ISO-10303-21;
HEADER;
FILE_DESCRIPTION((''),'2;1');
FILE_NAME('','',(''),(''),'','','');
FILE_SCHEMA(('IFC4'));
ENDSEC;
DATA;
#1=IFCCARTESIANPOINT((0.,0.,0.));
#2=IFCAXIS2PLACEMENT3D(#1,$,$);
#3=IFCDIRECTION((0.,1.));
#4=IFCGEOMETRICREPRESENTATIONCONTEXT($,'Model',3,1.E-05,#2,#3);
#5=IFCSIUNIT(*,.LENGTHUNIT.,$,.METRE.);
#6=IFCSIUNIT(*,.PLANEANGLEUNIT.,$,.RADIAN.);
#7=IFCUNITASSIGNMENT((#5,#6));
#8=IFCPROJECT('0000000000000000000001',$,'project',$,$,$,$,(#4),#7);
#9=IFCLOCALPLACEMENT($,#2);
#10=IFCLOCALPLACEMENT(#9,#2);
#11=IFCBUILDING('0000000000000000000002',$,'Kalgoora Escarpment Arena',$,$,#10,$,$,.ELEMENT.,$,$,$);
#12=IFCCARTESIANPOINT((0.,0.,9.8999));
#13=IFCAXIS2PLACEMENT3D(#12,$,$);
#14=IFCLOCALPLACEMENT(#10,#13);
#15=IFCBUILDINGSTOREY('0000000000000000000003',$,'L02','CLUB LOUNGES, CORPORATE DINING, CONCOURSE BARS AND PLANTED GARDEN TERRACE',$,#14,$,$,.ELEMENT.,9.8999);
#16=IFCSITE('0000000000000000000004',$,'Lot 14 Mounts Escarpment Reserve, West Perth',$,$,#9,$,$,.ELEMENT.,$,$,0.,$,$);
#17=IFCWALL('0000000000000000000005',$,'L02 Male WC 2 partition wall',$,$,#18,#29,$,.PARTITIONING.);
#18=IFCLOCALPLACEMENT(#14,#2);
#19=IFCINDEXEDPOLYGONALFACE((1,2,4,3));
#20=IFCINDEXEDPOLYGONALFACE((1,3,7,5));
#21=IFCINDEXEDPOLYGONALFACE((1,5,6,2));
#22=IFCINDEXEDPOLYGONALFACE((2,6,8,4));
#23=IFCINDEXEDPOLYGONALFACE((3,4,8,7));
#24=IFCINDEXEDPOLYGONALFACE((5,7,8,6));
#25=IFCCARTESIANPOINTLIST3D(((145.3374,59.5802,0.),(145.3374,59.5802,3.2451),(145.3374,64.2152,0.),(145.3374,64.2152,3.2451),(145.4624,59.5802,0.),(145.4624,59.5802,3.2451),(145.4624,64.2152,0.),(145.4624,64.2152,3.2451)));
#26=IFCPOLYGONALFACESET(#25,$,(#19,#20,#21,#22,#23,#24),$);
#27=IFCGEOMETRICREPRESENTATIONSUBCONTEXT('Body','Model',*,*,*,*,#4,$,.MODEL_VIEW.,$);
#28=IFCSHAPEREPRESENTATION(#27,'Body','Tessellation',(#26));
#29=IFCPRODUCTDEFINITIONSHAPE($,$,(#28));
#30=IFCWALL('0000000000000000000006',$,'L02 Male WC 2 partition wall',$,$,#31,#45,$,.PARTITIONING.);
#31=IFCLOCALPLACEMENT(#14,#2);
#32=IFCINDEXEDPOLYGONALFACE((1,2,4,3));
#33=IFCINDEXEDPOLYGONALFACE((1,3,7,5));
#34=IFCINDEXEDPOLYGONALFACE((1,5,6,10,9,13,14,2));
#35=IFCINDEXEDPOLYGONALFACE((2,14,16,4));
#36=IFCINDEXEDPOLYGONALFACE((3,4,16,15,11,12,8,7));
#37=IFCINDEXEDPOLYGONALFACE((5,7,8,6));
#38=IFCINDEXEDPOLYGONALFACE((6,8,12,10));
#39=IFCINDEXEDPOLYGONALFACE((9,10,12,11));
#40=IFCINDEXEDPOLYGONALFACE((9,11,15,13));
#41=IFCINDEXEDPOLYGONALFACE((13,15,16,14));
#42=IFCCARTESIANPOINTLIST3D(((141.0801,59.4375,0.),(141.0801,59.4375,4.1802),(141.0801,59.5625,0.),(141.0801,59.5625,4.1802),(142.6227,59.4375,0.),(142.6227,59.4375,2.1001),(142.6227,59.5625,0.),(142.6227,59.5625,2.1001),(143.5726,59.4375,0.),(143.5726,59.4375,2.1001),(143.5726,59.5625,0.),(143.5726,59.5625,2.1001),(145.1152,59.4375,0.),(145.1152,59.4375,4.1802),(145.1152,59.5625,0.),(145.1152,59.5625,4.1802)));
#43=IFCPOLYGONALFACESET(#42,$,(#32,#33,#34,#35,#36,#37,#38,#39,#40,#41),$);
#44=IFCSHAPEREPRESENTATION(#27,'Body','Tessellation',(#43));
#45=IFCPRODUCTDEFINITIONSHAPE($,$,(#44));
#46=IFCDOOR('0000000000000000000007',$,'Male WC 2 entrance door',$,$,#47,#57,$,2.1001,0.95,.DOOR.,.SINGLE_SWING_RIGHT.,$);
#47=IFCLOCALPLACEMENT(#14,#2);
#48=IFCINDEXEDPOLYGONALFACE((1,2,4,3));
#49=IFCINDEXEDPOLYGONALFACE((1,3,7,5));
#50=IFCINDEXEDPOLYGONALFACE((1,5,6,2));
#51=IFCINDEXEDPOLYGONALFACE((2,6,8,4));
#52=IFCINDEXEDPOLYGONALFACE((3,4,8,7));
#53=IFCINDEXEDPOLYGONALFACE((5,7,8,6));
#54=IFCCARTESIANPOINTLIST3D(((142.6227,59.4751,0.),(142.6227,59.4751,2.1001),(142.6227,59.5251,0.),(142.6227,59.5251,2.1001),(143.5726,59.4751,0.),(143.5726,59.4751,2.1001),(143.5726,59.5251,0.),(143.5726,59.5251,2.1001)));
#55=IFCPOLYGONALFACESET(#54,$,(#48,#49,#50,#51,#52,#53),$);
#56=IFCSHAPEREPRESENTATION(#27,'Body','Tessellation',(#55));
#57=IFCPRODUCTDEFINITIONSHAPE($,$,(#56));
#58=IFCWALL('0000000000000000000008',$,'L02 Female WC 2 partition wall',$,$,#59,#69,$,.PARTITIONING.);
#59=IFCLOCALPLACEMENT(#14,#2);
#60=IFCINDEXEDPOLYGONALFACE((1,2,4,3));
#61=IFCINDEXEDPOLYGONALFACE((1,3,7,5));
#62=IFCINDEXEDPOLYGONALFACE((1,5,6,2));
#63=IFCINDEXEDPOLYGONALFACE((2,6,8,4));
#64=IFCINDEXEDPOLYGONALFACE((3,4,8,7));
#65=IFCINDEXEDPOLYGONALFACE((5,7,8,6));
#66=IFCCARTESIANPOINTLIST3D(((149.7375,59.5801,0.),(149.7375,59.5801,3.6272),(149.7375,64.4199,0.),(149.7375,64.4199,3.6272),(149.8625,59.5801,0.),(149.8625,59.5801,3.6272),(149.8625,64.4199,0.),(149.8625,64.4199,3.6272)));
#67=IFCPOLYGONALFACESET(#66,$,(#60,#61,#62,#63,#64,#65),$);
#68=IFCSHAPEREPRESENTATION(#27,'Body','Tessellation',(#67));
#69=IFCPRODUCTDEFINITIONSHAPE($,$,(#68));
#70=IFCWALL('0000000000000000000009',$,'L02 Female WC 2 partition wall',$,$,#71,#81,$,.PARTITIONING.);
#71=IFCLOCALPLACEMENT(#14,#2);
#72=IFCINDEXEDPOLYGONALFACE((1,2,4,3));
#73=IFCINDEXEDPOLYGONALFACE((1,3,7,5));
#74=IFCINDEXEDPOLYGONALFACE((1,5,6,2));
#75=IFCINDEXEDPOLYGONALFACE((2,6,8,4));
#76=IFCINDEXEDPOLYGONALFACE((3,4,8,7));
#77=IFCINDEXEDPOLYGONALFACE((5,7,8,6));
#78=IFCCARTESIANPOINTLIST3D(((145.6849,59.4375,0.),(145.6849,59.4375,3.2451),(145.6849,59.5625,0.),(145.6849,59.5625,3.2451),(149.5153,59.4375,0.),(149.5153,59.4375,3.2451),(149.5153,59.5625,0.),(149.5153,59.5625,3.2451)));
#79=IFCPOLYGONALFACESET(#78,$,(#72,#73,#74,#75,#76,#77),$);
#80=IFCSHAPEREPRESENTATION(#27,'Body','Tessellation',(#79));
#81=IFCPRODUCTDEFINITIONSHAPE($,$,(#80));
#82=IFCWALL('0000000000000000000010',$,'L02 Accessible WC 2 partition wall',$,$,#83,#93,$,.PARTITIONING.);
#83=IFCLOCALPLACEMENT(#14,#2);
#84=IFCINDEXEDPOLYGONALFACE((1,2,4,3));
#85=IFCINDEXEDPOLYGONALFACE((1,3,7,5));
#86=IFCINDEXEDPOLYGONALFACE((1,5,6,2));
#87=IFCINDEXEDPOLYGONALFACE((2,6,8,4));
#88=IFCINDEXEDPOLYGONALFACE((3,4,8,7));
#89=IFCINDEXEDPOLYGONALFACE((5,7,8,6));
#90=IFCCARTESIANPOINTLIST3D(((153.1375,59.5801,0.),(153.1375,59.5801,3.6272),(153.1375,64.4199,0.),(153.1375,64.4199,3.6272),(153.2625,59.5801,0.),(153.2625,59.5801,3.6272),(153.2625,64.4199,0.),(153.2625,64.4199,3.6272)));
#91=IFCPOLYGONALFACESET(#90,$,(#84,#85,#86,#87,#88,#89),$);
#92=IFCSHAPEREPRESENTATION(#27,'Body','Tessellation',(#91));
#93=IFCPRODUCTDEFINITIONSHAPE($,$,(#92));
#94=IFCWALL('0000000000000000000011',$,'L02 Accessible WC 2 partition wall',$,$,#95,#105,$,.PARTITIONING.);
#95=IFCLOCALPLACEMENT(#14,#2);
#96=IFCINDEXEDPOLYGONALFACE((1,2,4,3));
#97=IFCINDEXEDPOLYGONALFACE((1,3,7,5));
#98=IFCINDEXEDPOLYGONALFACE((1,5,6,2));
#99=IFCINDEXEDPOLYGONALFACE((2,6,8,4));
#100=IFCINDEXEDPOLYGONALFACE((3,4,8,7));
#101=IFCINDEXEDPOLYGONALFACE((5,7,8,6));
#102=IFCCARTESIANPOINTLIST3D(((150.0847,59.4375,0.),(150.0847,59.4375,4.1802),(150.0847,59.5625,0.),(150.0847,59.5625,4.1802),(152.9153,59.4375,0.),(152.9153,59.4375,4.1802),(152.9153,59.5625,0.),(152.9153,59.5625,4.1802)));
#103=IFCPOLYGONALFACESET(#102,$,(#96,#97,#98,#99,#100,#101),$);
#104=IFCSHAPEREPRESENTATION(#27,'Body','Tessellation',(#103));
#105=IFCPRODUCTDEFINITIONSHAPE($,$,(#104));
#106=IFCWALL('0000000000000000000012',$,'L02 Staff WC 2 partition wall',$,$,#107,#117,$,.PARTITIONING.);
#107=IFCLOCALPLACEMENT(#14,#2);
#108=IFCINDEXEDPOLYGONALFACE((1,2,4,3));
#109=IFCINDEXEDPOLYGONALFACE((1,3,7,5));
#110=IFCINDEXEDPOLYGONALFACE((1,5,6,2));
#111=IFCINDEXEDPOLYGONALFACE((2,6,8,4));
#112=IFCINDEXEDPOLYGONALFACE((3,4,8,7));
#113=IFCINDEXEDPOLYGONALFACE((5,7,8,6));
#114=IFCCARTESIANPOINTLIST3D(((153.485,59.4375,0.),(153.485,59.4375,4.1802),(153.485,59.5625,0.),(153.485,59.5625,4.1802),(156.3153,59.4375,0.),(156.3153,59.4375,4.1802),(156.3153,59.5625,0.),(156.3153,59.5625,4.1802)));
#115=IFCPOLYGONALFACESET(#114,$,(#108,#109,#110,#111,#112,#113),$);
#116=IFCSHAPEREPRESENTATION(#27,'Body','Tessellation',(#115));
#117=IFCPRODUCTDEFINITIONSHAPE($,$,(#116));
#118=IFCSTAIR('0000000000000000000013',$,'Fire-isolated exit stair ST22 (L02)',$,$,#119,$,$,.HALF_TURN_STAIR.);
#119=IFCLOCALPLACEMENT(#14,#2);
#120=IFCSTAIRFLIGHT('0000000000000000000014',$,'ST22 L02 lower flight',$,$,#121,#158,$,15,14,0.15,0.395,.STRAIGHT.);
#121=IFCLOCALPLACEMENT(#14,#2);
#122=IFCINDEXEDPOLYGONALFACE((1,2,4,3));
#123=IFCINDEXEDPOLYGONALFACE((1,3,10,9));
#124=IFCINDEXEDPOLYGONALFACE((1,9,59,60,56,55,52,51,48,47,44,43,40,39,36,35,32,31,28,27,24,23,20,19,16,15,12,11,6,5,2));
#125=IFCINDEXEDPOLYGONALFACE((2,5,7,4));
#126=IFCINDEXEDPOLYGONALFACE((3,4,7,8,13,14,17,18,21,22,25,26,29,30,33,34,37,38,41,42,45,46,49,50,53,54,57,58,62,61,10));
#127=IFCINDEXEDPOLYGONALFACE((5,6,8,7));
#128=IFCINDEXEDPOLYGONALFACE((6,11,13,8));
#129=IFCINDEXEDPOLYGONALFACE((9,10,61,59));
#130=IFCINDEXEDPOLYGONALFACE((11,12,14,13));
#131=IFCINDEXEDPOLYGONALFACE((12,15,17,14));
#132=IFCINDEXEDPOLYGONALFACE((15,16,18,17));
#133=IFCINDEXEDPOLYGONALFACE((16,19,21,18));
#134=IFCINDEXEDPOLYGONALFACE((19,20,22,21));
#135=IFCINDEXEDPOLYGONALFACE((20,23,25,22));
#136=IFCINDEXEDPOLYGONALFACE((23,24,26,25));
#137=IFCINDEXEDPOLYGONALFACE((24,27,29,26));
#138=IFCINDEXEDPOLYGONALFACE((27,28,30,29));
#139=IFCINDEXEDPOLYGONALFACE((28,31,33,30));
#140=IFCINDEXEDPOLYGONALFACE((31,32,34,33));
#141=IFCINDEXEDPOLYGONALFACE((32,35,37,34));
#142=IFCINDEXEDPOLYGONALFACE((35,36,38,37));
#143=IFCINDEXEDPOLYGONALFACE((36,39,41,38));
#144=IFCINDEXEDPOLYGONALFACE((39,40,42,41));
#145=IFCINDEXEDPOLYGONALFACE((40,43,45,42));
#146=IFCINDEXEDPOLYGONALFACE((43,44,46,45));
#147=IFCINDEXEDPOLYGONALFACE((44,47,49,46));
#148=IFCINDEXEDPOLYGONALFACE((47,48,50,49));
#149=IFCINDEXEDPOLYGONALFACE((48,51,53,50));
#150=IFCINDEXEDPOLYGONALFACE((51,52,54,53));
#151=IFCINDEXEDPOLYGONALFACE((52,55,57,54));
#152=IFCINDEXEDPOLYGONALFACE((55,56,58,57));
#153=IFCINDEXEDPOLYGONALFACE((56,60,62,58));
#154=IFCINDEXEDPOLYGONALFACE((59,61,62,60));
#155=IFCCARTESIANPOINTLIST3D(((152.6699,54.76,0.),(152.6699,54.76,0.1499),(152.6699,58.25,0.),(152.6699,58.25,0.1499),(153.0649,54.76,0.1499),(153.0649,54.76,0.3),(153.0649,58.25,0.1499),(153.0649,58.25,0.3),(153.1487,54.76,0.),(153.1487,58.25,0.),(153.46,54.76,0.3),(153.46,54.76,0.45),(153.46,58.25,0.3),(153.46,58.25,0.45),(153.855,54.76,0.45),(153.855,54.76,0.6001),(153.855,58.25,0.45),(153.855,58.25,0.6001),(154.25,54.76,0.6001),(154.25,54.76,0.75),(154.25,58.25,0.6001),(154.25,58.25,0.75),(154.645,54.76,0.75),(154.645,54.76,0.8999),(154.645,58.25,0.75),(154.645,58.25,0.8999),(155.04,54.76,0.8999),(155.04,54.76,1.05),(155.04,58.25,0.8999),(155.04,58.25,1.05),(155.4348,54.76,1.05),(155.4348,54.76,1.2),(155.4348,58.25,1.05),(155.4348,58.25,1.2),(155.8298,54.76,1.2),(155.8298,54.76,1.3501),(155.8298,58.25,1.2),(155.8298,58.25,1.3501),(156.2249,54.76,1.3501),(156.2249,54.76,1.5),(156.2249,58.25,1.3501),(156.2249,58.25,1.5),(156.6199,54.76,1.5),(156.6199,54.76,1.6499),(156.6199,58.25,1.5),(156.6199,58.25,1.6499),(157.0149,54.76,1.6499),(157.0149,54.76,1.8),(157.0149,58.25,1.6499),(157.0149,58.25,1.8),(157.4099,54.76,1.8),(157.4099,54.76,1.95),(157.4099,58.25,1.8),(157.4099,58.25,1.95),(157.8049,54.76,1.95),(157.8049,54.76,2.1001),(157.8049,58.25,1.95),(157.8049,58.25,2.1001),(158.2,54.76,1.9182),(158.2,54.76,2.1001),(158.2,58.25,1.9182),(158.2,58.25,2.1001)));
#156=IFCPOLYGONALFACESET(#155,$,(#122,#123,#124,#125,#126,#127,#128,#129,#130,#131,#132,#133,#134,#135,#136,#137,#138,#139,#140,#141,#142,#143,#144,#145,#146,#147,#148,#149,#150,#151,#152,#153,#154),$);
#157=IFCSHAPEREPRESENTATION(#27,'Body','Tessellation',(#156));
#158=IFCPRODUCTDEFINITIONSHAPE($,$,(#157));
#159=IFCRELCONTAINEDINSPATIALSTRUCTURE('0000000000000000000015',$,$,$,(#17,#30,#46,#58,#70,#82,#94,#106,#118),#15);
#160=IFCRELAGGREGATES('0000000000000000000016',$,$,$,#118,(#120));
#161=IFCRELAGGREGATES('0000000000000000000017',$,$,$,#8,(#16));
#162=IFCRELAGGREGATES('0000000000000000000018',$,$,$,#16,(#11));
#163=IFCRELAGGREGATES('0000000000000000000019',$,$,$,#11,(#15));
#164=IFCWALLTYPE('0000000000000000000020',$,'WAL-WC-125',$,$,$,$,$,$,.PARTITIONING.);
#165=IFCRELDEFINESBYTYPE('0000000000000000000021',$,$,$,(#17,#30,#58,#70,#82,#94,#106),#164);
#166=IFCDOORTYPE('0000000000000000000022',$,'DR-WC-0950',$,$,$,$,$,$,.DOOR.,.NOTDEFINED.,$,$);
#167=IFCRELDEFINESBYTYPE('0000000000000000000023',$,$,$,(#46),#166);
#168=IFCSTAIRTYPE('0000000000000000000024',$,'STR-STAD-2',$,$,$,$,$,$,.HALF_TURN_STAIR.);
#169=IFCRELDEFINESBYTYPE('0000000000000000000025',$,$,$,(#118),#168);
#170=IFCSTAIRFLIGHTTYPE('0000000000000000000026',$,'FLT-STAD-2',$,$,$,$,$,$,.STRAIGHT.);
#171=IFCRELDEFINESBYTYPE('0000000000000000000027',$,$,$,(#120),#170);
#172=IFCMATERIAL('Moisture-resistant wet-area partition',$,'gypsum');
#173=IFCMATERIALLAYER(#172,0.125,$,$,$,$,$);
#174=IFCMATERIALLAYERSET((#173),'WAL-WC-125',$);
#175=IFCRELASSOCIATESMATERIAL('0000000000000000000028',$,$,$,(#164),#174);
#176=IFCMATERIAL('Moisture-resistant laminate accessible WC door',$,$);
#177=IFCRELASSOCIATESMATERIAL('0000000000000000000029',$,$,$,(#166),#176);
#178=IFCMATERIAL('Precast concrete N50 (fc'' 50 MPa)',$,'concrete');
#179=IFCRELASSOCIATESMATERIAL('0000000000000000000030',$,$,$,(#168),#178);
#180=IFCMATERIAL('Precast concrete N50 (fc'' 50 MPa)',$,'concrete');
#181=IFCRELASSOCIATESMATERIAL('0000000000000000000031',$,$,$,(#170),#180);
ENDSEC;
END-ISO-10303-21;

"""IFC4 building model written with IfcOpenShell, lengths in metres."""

from ifc_helpers import new_model, si_unit, direction, frame, frame_2d, origin, place, context, subcontext, project, spatial, polyline, rectangle, outline, extrude, material, layer, layer_set, type_object, element, fill, aggregate, save


model = new_model("IFC4")

# Units and contexts
model_context = context("Model", 3, precision=1e-05, world=origin(), true_north=direction((0.0, 1.0)))
body_context = subcontext(model_context, "Body", "Model", "MODEL_VIEW")
ifc_project = project(units=[si_unit("LENGTHUNIT", "METRE"), si_unit("PLANEANGLEUNIT", "RADIAN")], contexts=[model_context])

# Site, building, storey
site_placement = place(None, origin())
site = spatial("IfcSite", under=ifc_project, at=site_placement, Name="Lot 14 Mounts Escarpment Reserve, West Perth", CompositionType="ELEMENT", RefElevation=0.0)
building_placement = place(site_placement, origin())
building = spatial("IfcBuilding", under=site, at=building_placement, Name="Kalgoora Escarpment Arena", CompositionType="ELEMENT")
storey_placement = place(building_placement, frame((0.0, 0.0, 9.8999)))
storey = spatial("IfcBuildingStorey", under=building, at=storey_placement, Name="L02", Description="CLUB LOUNGES, CORPORATE DINING, CONCOURSE BARS AND PLANTED GARDEN TERRACE", CompositionType="ELEMENT", Elevation=9.8999)

# Wall
ifc_material_1 = material(Name="Moisture-resistant wet-area partition", Category="gypsum")
ifc_layer_1 = layer(ifc_material_1, 0.125)
ifc_layer_set_1 = layer_set([ifc_layer_1], Name="WAL-WC-125")
wall_type_1 = type_object("IfcWallType", Name="WAL-WC-125", PredefinedType="PARTITIONING", material=ifc_layer_set_1)
wall_1_placement = place(storey_placement, frame((145.3999, 64.2151, 0.0), z_axis=(0.0, 0.0, 1.0), x_axis=(0.0, -1.0, 0.0)))
element("IfcWall", 1, at=wall_1_placement, inside=storey, type_object=wall_type_1, Name="L02 Male WC 2 partition wall", PredefinedType="PARTITIONING", context=body_context, shape_type="SweptSolid", body=[
    extrude(rectangle(XDim=4.635, YDim=0.125, at=frame_2d((2.3174, 0.0))), origin(), (0.0, 0.0, 1.0), 3.2451),
])

# Wall, opening, door
wall_2_placement = place(storey_placement, frame((145.1152, 59.5, 0.0), z_axis=(0.0, 0.0, 1.0), x_axis=(-1.0, 0.0, 0.0)))
wall_2 = element("IfcWall", 2, at=wall_2_placement, inside=storey, type_object=wall_type_1, Name="L02 Male WC 2 partition wall", PredefinedType="PARTITIONING", context=body_context, shape_type="SweptSolid", body=[
    extrude(rectangle(XDim=4.0352, YDim=0.125, at=frame_2d((2.0176, 0.0))), origin(), (0.0, 0.0, 1.0), 4.1802),
])
opening_placement = place(wall_2_placement, frame((1.5425, 0.0, 0.0)))
opening = element("IfcOpeningElement", 3, at=opening_placement, cuts=wall_2, PredefinedType="OPENING", context=body_context, shape_type="SweptSolid", body=[
    extrude(rectangle(XDim=0.95, YDim=2.1001, at=frame_2d((0.4751, 1.05))), frame((0.0, 0.0725, 0.0), z_axis=(0.0, -1.0, 0.0), x_axis=(1.0, 0.0, 0.0)), (0.0, 0.0, 1.0), 0.145),
])
ifc_material_2 = material(Name="Moisture-resistant laminate accessible WC door")
door_type = type_object("IfcDoorType", Name="DR-WC-0950", OperationType="NOTDEFINED", PredefinedType="DOOR", material=ifc_material_2)
door_placement = place(opening_placement, origin())
door = element("IfcDoor", 4, at=door_placement, inside=storey, type_object=door_type, Name="Male WC 2 entrance door", OperationType="SINGLE_SWING_RIGHT", OverallHeight=2.1001, OverallWidth=0.95, PredefinedType="DOOR", context=body_context, shape_type="SweptSolid", body=[
    extrude(rectangle(XDim=0.95, YDim=2.1001, at=frame_2d((0.4751, 1.05))), frame((0.0, 0.0249, 0.0), z_axis=(0.0, -1.0, 0.0), x_axis=(1.0, 0.0, 0.0)), (0.0, 0.0, 1.0), 0.05),
])
fill(opening, door)

# Walls
wall_3_placement = place(storey_placement, frame((149.8, 64.4199, 0.0), z_axis=(0.0, 0.0, 1.0), x_axis=(0.0, -1.0, 0.0)))
element("IfcWall", 5, at=wall_3_placement, inside=storey, type_object=wall_type_1, Name="L02 Female WC 2 partition wall", PredefinedType="PARTITIONING", context=body_context, shape_type="SweptSolid", body=[
    extrude(rectangle(XDim=4.8398, YDim=0.125, at=frame_2d((2.4199, 0.0))), origin(), (0.0, 0.0, 1.0), 3.6272),
])
wall_4_placement = place(storey_placement, frame((149.5151, 59.5, 0.0), z_axis=(0.0, 0.0, 1.0), x_axis=(-1.0, 0.0, 0.0)))
element("IfcWall", 6, at=wall_4_placement, inside=storey, type_object=wall_type_1, Name="L02 Female WC 2 partition wall", PredefinedType="PARTITIONING", context=body_context, shape_type="SweptSolid", body=[
    extrude(rectangle(XDim=3.8303, YDim=0.125, at=frame_2d((1.915, 0.0))), origin(), (0.0, 0.0, 1.0), 3.2451),
])
wall_5_placement = place(storey_placement, frame((153.2, 64.4199, 0.0), z_axis=(0.0, 0.0, 1.0), x_axis=(0.0, -1.0, 0.0)))
element("IfcWall", 7, at=wall_5_placement, inside=storey, type_object=wall_type_1, Name="L02 Accessible WC 2 partition wall", PredefinedType="PARTITIONING", context=body_context, shape_type="SweptSolid", body=[
    extrude(rectangle(XDim=4.8398, YDim=0.125, at=frame_2d((2.4199, 0.0))), origin(), (0.0, 0.0, 1.0), 3.6272),
])
wall_6_placement = place(storey_placement, frame((152.9153, 59.5, 0.0), z_axis=(0.0, 0.0, 1.0), x_axis=(-1.0, 0.0, 0.0)))
element("IfcWall", 8, at=wall_6_placement, inside=storey, type_object=wall_type_1, Name="L02 Accessible WC 2 partition wall", PredefinedType="PARTITIONING", context=body_context, shape_type="SweptSolid", body=[
    extrude(rectangle(XDim=2.8306, YDim=0.125, at=frame_2d((1.4153, 0.0))), origin(), (0.0, 0.0, 1.0), 4.1802),
])
wall_7_placement = place(storey_placement, frame((156.3152, 59.5, 0.0), z_axis=(0.0, 0.0, 1.0), x_axis=(-1.0, 0.0, 0.0)))
element("IfcWall", 9, at=wall_7_placement, inside=storey, type_object=wall_type_1, Name="L02 Staff WC 2 partition wall", PredefinedType="PARTITIONING", context=body_context, shape_type="SweptSolid", body=[
    extrude(rectangle(XDim=2.8303, YDim=0.125, at=frame_2d((1.415, 0.0))), origin(), (0.0, 0.0, 1.0), 4.1802),
])

# Stair, stair flight
ifc_material_3 = material(Name="Precast concrete N50 (fc' 50 MPa)", Category="concrete")
stair_type = type_object("IfcStairType", Name="STR-STAD-2", PredefinedType="HALF_TURN_STAIR", material=ifc_material_3)
stair_placement = place(storey_placement, origin())
stair = element("IfcStair", 10, at=stair_placement, inside=storey, type_object=stair_type, Name="Fire-isolated exit stair ST22 (L02)", PredefinedType="HALF_TURN_STAIR")
ifc_material_4 = material(Name="Precast concrete N50 (fc' 50 MPa)", Category="concrete")
stair_flight_type = type_object("IfcStairFlightType", Name="FLT-STAD-2", PredefinedType="STRAIGHT", material=ifc_material_4)
stair_flight_placement = place(storey_placement, frame((152.6699, 56.5049, 0.0), z_axis=(0.0, 0.0, 1.0), x_axis=(1.0, 0.0, 0.0)))
stair_flight = element("IfcStairFlight", 11, at=stair_flight_placement, type_object=stair_flight_type, Name="ST22 L02 lower flight", NumberOfRisers=15, NumberOfTreads=14, PredefinedType="STRAIGHT", RiserHeight=0.15, TreadLength=0.395, context=body_context, shape_type="SweptSolid", body=[
    extrude(outline(polyline([(0.0, 0.0), (0.0, 0.1499), (0.395, 0.1499), (0.395, 0.3), (0.79, 0.3), (0.79, 0.45), (1.1851, 0.45), (1.1851, 0.6001), (1.5801, 0.6001), (1.5801, 0.75), (1.9751, 0.75), (1.9751, 0.8999), (2.3701, 0.8999), (2.3701, 1.05), (2.7649, 1.05), (2.7649, 1.2), (3.1599, 1.2), (3.1599, 1.3501), (3.5549, 1.3501), (3.5549, 1.5), (3.95, 1.5), (3.95, 1.6499), (4.345, 1.6499), (4.345, 1.8), (4.74, 1.8), (4.74, 1.95), (5.135, 1.95), (5.135, 2.1001), (5.53, 2.1001), (5.53, 2.25), (5.53, 1.9182), (0.4788, 0.0), (0.0, 0.0)])), frame((0.0, 1.7451, 0.0), z_axis=(0.0, -1.0, 0.0), x_axis=(1.0, 0.0, 0.0)), (0.0, 0.0, 1.0), 3.49),
])
aggregate(stair, [stair_flight])

save(model, "model.ifc")
